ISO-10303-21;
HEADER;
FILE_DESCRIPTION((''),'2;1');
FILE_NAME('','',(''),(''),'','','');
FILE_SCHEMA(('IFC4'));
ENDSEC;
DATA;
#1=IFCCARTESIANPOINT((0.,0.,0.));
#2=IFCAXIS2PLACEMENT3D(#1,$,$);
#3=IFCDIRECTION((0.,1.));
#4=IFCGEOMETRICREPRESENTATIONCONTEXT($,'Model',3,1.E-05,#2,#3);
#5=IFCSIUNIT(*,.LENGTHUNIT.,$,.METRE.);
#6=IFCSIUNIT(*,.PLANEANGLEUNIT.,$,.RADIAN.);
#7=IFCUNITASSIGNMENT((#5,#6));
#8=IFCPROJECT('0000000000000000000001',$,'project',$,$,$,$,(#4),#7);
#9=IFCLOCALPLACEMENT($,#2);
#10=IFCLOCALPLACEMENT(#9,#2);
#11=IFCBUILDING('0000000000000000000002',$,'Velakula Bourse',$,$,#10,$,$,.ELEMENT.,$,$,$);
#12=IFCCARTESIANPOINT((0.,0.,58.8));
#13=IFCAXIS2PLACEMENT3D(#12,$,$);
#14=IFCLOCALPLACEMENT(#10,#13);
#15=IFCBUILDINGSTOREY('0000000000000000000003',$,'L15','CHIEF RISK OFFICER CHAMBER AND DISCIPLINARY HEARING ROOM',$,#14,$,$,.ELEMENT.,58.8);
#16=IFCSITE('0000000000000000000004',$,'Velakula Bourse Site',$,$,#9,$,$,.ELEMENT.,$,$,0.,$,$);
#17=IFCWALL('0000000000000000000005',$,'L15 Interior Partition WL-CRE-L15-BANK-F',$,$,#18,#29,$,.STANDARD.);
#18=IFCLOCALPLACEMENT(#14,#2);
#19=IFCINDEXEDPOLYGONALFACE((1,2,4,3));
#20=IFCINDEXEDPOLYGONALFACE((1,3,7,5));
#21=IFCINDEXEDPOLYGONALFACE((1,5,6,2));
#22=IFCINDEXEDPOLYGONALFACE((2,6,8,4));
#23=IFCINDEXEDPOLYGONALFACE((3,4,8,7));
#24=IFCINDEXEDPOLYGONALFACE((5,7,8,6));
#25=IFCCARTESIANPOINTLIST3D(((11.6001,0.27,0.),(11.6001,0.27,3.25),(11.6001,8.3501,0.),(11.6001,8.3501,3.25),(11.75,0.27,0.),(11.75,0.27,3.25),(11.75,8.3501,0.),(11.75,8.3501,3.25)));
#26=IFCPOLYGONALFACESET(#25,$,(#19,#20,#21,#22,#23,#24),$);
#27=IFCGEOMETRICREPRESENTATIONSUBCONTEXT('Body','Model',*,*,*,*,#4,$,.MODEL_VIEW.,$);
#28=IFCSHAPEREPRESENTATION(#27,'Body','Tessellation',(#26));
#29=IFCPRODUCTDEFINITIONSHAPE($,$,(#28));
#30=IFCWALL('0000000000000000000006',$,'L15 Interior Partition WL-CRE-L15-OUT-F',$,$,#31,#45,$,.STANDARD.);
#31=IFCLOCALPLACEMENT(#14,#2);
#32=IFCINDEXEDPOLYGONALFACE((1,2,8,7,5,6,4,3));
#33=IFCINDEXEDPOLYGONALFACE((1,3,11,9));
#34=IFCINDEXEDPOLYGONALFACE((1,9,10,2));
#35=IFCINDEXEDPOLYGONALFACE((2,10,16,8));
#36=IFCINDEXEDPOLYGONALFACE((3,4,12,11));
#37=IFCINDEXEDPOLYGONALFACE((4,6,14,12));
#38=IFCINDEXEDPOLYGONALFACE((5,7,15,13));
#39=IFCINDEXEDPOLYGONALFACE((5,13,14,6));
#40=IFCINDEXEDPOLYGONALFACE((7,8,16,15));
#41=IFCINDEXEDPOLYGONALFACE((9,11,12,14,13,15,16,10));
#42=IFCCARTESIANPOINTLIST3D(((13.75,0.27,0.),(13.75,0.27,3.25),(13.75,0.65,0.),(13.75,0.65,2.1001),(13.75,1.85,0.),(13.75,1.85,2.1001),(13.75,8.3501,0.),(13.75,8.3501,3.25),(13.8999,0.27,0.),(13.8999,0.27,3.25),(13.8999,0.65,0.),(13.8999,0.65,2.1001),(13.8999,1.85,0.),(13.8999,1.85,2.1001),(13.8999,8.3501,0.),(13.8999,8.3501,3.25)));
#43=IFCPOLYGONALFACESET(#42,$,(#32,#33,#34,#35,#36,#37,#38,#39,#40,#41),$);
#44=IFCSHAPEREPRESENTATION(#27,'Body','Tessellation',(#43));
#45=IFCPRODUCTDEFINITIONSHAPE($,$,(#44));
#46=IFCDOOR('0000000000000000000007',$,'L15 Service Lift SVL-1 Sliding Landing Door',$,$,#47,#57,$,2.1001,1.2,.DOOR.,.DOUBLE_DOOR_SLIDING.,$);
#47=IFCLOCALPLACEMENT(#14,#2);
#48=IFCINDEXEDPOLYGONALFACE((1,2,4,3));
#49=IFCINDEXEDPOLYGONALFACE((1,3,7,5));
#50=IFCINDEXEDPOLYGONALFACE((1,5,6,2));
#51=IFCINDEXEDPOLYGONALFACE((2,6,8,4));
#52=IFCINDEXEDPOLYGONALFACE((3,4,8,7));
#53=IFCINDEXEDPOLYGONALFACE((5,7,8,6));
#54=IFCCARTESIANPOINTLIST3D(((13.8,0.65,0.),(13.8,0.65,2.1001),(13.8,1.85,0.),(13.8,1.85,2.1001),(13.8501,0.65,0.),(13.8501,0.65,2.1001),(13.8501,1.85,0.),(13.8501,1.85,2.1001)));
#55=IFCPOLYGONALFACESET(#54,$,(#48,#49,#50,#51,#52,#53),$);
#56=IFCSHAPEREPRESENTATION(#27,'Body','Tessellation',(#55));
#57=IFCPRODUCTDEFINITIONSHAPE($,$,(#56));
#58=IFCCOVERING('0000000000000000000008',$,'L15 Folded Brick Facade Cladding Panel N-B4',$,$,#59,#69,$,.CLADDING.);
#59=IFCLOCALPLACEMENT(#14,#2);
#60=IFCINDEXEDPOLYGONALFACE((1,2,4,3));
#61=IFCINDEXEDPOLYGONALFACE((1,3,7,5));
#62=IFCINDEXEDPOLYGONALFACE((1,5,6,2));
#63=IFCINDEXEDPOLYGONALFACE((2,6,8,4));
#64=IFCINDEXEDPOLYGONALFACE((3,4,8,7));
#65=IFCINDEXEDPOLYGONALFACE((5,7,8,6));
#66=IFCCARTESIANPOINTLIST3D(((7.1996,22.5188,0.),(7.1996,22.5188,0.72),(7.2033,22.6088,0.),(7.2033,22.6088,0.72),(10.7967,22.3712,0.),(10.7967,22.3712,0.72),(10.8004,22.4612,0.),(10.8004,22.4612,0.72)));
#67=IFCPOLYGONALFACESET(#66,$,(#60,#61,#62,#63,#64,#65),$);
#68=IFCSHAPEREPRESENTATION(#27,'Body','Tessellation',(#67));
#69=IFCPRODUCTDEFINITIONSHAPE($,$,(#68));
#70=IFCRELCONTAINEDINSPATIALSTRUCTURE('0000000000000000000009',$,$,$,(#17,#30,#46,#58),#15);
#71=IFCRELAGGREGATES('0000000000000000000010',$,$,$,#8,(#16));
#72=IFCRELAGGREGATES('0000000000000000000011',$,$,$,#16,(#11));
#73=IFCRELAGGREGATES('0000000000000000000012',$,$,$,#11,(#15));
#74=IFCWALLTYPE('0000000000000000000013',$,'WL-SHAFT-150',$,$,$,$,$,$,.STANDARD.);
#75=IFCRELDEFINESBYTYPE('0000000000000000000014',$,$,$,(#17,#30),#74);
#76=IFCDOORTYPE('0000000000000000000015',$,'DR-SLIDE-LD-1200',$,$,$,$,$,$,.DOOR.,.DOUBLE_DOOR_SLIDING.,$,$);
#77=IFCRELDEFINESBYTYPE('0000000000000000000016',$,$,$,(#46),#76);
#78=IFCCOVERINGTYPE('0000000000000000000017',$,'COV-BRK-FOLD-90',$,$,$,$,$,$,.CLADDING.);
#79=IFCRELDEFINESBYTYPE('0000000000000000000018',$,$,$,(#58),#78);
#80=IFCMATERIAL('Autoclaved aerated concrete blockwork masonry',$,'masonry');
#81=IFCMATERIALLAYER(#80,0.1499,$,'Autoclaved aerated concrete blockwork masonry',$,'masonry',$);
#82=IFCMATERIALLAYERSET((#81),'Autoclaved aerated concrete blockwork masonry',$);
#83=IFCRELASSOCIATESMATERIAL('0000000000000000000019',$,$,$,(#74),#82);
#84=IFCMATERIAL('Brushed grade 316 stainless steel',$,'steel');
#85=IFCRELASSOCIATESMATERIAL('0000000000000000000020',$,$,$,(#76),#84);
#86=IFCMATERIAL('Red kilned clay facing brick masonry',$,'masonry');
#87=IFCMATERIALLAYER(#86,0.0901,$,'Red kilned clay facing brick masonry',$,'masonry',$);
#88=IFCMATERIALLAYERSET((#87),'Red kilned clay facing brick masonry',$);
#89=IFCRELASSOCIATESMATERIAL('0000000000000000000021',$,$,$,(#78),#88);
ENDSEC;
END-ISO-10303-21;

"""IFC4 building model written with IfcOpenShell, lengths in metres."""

from ifc_helpers import new_model, si_unit, direction, frame, frame_2d, origin, origin_2d, place, context, subcontext, project, spatial, rectangle, extrude, material, layer, layer_set, type_object, element, fill, save


model = new_model("IFC4")

# Units and contexts
model_context = context("Model", 3, precision=1e-05, world=origin(), true_north=direction((0.0, 1.0)))
body_context = subcontext(model_context, "Body", "Model", "MODEL_VIEW")
ifc_project = project(units=[si_unit("LENGTHUNIT", "METRE"), si_unit("PLANEANGLEUNIT", "RADIAN")], contexts=[model_context])

# Site, building, storey
site_placement = place(None, origin())
site = spatial("IfcSite", under=ifc_project, at=site_placement, Name="Velakula Bourse Site", CompositionType="ELEMENT", RefElevation=0.0)
building_placement = place(site_placement, origin())
building = spatial("IfcBuilding", under=site, at=building_placement, Name="Velakula Bourse", CompositionType="ELEMENT")
storey_placement = place(building_placement, frame((0.0, 0.0, 58.8)))
storey = spatial("IfcBuildingStorey", under=building, at=storey_placement, Name="L15", Description="CHIEF RISK OFFICER CHAMBER AND DISCIPLINARY HEARING ROOM", CompositionType="ELEMENT", Elevation=58.8)

# Shared definitions
ifc_material_1 = material(Name="Red kilned clay facing brick masonry", Category="masonry")

# Wall
ifc_material_2 = material(Name="Autoclaved aerated concrete blockwork masonry", Category="masonry")
ifc_layer_1 = layer(ifc_material_2, 0.1499, Name="Autoclaved aerated concrete blockwork masonry", Category="masonry")
ifc_layer_set_1 = layer_set([ifc_layer_1], Name="Autoclaved aerated concrete blockwork masonry")
wall_type_1 = type_object("IfcWallType", Name="WL-SHAFT-150", PredefinedType="STANDARD", material=ifc_layer_set_1)
wall_1_placement = place(storey_placement, frame((11.675, 0.27, 0.0), z_axis=(0.0, 0.0, 1.0), x_axis=(0.0, 1.0, 0.0)))
element("IfcWall", 1, at=wall_1_placement, inside=storey, type_object=wall_type_1, Name="L15 Interior Partition WL-CRE-L15-BANK-F", PredefinedType="STANDARD", context=body_context, shape_type="SweptSolid", body=[
    extrude(rectangle(XDim=8.0801, YDim=0.1499, at=frame_2d((4.04, 0.0))), origin(), (0.0, 0.0, 1.0), 3.25),
])

# Wall, opening, door
wall_2_placement = place(storey_placement, frame((13.825, 0.27, 0.0), z_axis=(0.0, 0.0, 1.0), x_axis=(0.0, 1.0, 0.0)))
wall_2 = element("IfcWall", 2, at=wall_2_placement, inside=storey, type_object=wall_type_1, Name="L15 Interior Partition WL-CRE-L15-OUT-F", PredefinedType="STANDARD", context=body_context, shape_type="SweptSolid", body=[
    extrude(rectangle(XDim=8.0801, YDim=0.1499, at=frame_2d((4.04, 0.0))), origin(), (0.0, 0.0, 1.0), 3.25),
])
opening_1_placement = place(wall_2_placement, frame((0.3799, 0.0, 0.0)))
opening_1 = element("IfcOpeningElement", 3, at=opening_1_placement, cuts=wall_2, PredefinedType="OPENING", context=body_context, shape_type="SweptSolid", body=[
    extrude(rectangle(XDim=1.2, YDim=2.1001, at=frame_2d((0.6001, 1.05))), frame((0.0, 0.085, 0.0), z_axis=(0.0, -1.0, 0.0), x_axis=(1.0, 0.0, 0.0)), (0.0, 0.0, 1.0), 0.1699),
])
ifc_material_3 = material(Name="Brushed grade 316 stainless steel", Category="steel")
door_type = type_object("IfcDoorType", Name="DR-SLIDE-LD-1200", OperationType="DOUBLE_DOOR_SLIDING", PredefinedType="DOOR", material=ifc_material_3)
door_placement = place(opening_1_placement, origin())
door = element("IfcDoor", 4, at=door_placement, inside=storey, type_object=door_type, Name="L15 Service Lift SVL-1 Sliding Landing Door", OperationType="DOUBLE_DOOR_SLIDING", OverallHeight=2.1001, OverallWidth=1.2, PredefinedType="DOOR", context=body_context, shape_type="SweptSolid", body=[
    extrude(rectangle(XDim=1.2, YDim=2.1001, at=frame_2d((0.6001, 1.05))), frame((0.0, 0.0249, 0.0), z_axis=(0.0, -1.0, 0.0), x_axis=(1.0, 0.0, 0.0)), (0.0, 0.0, 1.0), 0.05),
])
fill(opening_1, door)

# Covering
ifc_layer_2 = layer(ifc_material_1, 0.0901, Name="Red kilned clay facing brick masonry", Category="masonry")
ifc_layer_set_2 = layer_set([ifc_layer_2], Name="Red kilned clay facing brick masonry")
covering_type = type_object("IfcCoveringType", Name="COV-BRK-FOLD-90", PredefinedType="CLADDING", material=ifc_layer_set_2)
covering_placement = place(storey_placement, frame((9.0, 22.49, 0.0), z_axis=(0.0, 0.0, 1.0), x_axis=(0.999159, -0.041004, 0.0)))
element("IfcCovering", 5, at=covering_placement, inside=storey, type_object=covering_type, Name="L15 Folded Brick Facade Cladding Panel N-B4", PredefinedType="CLADDING", context=body_context, shape_type="SweptSolid", body=[
    extrude(rectangle(XDim=3.6001, YDim=0.0901, at=origin_2d()), origin(), (0.0, 0.0, 1.0), 0.72),
])

save(model, "model.ifc")
